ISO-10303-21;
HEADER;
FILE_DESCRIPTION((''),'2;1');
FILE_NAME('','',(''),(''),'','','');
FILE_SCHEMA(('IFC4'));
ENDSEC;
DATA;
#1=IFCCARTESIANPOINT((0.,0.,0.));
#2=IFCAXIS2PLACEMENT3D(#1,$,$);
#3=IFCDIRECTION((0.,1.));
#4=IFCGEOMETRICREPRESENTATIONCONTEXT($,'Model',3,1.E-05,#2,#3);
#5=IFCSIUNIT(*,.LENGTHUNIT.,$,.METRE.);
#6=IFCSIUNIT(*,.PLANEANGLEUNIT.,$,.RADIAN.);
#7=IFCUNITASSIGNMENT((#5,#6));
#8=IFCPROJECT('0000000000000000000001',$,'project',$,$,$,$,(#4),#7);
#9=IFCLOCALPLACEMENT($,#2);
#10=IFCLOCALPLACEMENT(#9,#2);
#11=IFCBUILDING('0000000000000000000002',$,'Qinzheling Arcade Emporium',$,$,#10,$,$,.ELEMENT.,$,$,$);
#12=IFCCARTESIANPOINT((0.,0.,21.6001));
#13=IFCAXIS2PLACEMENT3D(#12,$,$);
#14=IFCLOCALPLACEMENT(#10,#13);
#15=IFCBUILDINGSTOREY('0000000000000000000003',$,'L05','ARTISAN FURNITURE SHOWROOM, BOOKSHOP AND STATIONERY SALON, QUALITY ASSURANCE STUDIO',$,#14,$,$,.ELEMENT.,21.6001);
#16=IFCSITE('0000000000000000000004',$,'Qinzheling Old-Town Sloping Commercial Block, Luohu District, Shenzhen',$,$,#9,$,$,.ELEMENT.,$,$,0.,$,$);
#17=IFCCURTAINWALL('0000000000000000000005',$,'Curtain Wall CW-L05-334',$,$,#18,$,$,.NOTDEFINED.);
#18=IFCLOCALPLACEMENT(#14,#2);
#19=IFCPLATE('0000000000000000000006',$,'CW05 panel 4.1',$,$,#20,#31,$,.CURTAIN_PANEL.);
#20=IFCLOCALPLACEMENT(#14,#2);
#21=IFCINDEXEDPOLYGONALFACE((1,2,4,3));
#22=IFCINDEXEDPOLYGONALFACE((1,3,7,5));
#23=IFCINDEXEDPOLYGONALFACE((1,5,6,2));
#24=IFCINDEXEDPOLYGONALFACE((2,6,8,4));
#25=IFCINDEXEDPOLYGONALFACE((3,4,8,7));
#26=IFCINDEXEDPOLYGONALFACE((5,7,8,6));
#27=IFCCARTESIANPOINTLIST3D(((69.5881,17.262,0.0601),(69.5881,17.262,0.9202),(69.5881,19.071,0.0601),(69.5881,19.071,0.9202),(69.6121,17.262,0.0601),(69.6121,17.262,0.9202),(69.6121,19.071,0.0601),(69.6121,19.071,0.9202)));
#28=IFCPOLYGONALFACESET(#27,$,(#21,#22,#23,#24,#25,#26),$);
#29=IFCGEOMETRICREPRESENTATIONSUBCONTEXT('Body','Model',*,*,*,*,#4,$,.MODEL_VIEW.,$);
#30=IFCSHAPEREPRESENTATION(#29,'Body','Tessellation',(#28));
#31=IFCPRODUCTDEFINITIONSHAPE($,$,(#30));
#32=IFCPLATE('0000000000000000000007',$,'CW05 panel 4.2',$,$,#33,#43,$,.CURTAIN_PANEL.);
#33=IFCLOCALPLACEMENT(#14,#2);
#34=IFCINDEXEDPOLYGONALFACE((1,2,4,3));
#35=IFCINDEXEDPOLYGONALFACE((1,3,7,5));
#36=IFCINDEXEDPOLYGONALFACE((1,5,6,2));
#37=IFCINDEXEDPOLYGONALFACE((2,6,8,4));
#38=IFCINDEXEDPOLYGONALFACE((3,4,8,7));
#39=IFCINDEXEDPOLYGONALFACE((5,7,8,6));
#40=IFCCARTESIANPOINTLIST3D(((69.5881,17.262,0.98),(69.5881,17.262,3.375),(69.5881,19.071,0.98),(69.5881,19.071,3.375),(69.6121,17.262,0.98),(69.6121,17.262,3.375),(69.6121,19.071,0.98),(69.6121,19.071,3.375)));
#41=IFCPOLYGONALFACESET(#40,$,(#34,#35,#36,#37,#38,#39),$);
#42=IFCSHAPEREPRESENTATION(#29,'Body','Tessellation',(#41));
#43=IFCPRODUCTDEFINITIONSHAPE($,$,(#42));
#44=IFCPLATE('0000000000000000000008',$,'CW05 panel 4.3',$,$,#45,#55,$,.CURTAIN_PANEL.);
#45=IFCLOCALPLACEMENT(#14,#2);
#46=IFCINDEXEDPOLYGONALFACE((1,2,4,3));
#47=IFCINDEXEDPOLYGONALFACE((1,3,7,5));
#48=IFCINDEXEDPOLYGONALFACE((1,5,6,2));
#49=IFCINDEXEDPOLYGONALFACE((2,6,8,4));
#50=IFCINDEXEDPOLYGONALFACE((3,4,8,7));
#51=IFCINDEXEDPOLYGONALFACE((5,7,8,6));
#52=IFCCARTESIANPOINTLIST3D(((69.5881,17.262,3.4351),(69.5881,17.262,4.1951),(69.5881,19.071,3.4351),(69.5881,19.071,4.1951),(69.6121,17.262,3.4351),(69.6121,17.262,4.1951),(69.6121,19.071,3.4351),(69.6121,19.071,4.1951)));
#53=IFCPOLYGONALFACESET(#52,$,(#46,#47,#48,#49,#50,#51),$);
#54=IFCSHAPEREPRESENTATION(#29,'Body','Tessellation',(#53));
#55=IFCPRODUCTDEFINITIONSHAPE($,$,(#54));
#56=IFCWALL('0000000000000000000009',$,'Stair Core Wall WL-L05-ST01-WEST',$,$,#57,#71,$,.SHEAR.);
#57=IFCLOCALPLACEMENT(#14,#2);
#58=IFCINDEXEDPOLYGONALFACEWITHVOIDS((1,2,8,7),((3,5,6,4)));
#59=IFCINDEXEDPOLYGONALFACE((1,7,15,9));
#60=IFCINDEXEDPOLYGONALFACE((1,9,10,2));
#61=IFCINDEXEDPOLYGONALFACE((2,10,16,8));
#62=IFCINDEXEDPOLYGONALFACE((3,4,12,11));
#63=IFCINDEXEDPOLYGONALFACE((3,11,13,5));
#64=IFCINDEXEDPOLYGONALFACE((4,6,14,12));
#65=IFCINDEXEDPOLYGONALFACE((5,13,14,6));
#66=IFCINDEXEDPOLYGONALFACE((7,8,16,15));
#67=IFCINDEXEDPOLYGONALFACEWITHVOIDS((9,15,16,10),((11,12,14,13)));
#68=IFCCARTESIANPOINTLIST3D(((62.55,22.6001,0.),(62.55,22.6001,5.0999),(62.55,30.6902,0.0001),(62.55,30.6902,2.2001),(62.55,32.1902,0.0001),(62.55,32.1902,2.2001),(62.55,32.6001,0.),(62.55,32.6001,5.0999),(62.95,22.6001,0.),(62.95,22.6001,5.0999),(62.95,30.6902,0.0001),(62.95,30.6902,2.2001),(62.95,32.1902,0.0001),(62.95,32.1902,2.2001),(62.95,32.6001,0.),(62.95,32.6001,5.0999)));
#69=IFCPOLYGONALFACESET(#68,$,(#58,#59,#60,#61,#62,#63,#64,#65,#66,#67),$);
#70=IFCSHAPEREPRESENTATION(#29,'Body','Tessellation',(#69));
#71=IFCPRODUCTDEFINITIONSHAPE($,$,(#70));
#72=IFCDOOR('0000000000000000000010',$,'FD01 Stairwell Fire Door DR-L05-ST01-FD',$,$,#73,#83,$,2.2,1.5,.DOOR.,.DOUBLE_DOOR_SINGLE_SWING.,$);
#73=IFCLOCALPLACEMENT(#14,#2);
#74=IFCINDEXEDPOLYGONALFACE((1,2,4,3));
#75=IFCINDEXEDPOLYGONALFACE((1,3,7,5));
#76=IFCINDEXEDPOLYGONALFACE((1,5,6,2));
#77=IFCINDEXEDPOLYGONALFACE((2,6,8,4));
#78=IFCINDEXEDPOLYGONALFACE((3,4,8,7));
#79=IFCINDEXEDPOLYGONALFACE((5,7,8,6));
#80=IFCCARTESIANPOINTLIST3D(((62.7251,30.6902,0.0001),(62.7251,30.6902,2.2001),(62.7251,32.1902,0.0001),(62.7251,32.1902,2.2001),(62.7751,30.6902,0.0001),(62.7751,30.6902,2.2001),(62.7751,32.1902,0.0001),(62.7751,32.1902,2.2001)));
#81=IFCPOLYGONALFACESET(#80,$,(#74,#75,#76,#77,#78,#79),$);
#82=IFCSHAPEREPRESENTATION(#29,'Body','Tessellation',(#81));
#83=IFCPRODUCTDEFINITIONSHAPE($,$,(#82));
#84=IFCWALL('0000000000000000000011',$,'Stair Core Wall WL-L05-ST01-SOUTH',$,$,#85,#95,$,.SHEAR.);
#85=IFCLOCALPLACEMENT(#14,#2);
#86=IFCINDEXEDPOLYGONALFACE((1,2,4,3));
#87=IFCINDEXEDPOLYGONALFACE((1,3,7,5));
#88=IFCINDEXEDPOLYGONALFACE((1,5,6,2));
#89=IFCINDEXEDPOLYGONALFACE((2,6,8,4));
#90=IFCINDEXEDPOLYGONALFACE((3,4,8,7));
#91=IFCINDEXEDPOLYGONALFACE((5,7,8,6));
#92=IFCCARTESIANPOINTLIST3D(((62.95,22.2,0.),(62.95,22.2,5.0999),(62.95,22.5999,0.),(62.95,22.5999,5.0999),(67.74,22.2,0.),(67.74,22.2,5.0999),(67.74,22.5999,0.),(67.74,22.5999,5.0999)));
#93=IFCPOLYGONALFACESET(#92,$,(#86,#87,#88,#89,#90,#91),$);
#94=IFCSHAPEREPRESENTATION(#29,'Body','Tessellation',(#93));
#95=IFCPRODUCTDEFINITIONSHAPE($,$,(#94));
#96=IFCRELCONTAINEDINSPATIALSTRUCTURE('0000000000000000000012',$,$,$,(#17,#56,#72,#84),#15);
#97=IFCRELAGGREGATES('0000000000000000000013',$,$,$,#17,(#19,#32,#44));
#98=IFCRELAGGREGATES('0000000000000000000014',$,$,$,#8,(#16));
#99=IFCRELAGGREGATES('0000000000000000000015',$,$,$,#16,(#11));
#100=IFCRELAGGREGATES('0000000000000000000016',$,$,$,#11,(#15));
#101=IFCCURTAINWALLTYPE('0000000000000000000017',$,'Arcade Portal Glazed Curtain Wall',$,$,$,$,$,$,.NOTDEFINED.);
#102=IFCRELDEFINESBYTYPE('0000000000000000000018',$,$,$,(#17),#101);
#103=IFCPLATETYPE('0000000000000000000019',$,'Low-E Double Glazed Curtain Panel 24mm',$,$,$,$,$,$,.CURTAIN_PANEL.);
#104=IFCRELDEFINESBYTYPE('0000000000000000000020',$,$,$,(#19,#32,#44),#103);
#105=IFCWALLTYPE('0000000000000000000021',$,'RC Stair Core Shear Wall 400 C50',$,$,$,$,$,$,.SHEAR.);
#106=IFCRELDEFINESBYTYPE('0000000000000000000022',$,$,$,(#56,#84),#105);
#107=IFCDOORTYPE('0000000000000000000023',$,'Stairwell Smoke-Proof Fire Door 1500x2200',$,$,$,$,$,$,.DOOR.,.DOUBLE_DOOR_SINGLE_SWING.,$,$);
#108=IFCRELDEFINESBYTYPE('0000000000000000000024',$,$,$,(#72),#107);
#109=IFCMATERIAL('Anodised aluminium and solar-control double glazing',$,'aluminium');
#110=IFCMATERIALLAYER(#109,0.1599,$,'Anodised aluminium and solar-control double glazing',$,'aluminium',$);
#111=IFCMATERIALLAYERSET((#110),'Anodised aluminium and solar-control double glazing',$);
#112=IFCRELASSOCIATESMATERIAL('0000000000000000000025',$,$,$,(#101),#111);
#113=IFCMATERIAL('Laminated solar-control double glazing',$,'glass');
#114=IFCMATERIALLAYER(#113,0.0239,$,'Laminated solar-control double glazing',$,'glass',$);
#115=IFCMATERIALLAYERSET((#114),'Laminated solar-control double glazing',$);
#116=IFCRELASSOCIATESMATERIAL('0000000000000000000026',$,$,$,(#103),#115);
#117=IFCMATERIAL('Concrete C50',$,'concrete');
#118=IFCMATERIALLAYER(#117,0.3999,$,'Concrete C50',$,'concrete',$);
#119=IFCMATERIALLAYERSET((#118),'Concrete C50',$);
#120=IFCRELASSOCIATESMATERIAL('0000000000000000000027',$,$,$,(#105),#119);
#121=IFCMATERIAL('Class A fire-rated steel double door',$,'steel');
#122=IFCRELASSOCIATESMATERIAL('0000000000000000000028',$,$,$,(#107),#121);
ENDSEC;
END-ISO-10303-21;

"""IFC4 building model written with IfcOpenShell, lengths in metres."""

from ifc_helpers import new_model, si_unit, direction, frame, frame_2d, origin, origin_2d, place, context, subcontext, project, spatial, rectangle, extrude, material, layer, layer_set, type_object, element, fill, aggregate, save


model = new_model("IFC4")

# Units and contexts
model_context = context("Model", 3, precision=1e-05, world=origin(), true_north=direction((0.0, 1.0)))
body_context = subcontext(model_context, "Body", "Model", "MODEL_VIEW")
ifc_project = project(units=[si_unit("LENGTHUNIT", "METRE"), si_unit("PLANEANGLEUNIT", "RADIAN")], contexts=[model_context])

# Site, building, storey
site_placement = place(None, origin())
site = spatial("IfcSite", under=ifc_project, at=site_placement, Name="Qinzheling Old-Town Sloping Commercial Block, Luohu District, Shenzhen", CompositionType="ELEMENT", RefElevation=0.0)
building_placement = place(site_placement, origin())
building = spatial("IfcBuilding", under=site, at=building_placement, Name="Qinzheling Arcade Emporium", CompositionType="ELEMENT")
storey_placement = place(building_placement, frame((0.0, 0.0, 21.6001)))
storey = spatial("IfcBuildingStorey", under=building, at=storey_placement, Name="L05", Description="ARTISAN FURNITURE SHOWROOM, BOOKSHOP AND STATIONERY SALON, QUALITY ASSURANCE STUDIO", CompositionType="ELEMENT", Elevation=21.6001)

# Curtain wall, plates
ifc_material_1 = material(Name="Anodised aluminium and solar-control double glazing", Category="aluminium")
ifc_layer_1 = layer(ifc_material_1, 0.1599, Name="Anodised aluminium and solar-control double glazing", Category="aluminium")
ifc_layer_set_1 = layer_set([ifc_layer_1], Name="Anodised aluminium and solar-control double glazing")
curtain_wall_type = type_object("IfcCurtainWallType", Name="Arcade Portal Glazed Curtain Wall", PredefinedType="NOTDEFINED", material=ifc_layer_set_1)
curtain_wall_placement = place(storey_placement, origin())
curtain_wall = element("IfcCurtainWall", 1, at=curtain_wall_placement, inside=storey, type_object=curtain_wall_type, Name="Curtain Wall CW-L05-334", PredefinedType="NOTDEFINED")
ifc_material_2 = material(Name="Laminated solar-control double glazing", Category="glass")
ifc_layer_2 = layer(ifc_material_2, 0.0239, Name="Laminated solar-control double glazing", Category="glass")
ifc_layer_set_2 = layer_set([ifc_layer_2], Name="Laminated solar-control double glazing")
plate_type = type_object("IfcPlateType", Name="Low-E Double Glazed Curtain Panel 24mm", PredefinedType="CURTAIN_PANEL", material=ifc_layer_set_2)
plate_1_placement = place(storey_placement, frame((69.6001, 18.1665, 0.0601), z_axis=(0.0, 0.0, 1.0), x_axis=(0.0, -1.0, 0.0)))
plate_1 = element("IfcPlate", 2, at=plate_1_placement, type_object=plate_type, Name="CW05 panel 4.1", PredefinedType="CURTAIN_PANEL", context=body_context, shape_type="SweptSolid", body=[
    extrude(rectangle(XDim=1.8091, YDim=0.0239, at=origin_2d()), origin(), (0.0, 0.0, 1.0), 0.8601),
])
plate_2_placement = place(storey_placement, frame((69.6001, 18.1665, 0.98), z_axis=(0.0, 0.0, 1.0), x_axis=(0.0, -1.0, 0.0)))
plate_2 = element("IfcPlate", 3, at=plate_2_placement, type_object=plate_type, Name="CW05 panel 4.2", PredefinedType="CURTAIN_PANEL", context=body_context, shape_type="SweptSolid", body=[
    extrude(rectangle(XDim=1.8091, YDim=0.0239, at=origin_2d()), origin(), (0.0, 0.0, 1.0), 2.395),
])
plate_3_placement = place(storey_placement, frame((69.6001, 18.1665, 3.4351), z_axis=(0.0, 0.0, 1.0), x_axis=(0.0, -1.0, 0.0)))
plate_3 = element("IfcPlate", 4, at=plate_3_placement, type_object=plate_type, Name="CW05 panel 4.3", PredefinedType="CURTAIN_PANEL", context=body_context, shape_type="SweptSolid", body=[
    extrude(rectangle(XDim=1.8091, YDim=0.0239, at=origin_2d()), origin(), (0.0, 0.0, 1.0), 0.76),
])
aggregate(curtain_wall, [plate_1, plate_2, plate_3])

# Wall, opening, door
ifc_material_3 = material(Name="Concrete C50", Category="concrete")
ifc_layer_3 = layer(ifc_material_3, 0.3999, Name="Concrete C50", Category="concrete")
ifc_layer_set_3 = layer_set([ifc_layer_3], Name="Concrete C50")
wall_type = type_object("IfcWallType", Name="RC Stair Core Shear Wall 400 C50", PredefinedType="SHEAR", material=ifc_layer_set_3)
wall_1_placement = place(storey_placement, frame((62.75, 22.6001, 0.0), z_axis=(0.0, 0.0, 1.0), x_axis=(0.0, 1.0, 0.0)))
wall_1 = element("IfcWall", 5, at=wall_1_placement, inside=storey, type_object=wall_type, Name="Stair Core Wall WL-L05-ST01-WEST", PredefinedType="SHEAR", context=body_context, shape_type="SweptSolid", body=[
    extrude(rectangle(XDim=10.0, YDim=0.3999, at=frame_2d((5.0, 0.0))), origin(), (0.0, 0.0, 1.0), 5.0999),
])
opening_placement = place(wall_1_placement, frame((8.0901, 0.0, 0.0)))
opening = element("IfcOpeningElement", 6, at=opening_placement, cuts=wall_1, PredefinedType="OPENING", context=body_context, shape_type="SweptSolid", body=[
    extrude(rectangle(XDim=1.5, YDim=2.2, at=frame_2d((0.75, 1.1001))), frame((0.0, 0.21, 0.0), z_axis=(0.0, -1.0, 0.0), x_axis=(1.0, 0.0, 0.0)), (0.0, 0.0, 1.0), 0.4199),
])
ifc_material_4 = material(Name="Class A fire-rated steel double door", Category="steel")
door_type = type_object("IfcDoorType", Name="Stairwell Smoke-Proof Fire Door 1500x2200", OperationType="DOUBLE_DOOR_SINGLE_SWING", PredefinedType="DOOR", material=ifc_material_4)
door_placement = place(opening_placement, origin())
door = element("IfcDoor", 7, at=door_placement, inside=storey, type_object=door_type, Name="FD01 Stairwell Fire Door DR-L05-ST01-FD", OperationType="DOUBLE_DOOR_SINGLE_SWING", OverallHeight=2.2, OverallWidth=1.5, PredefinedType="DOOR", context=body_context, shape_type="SweptSolid", body=[
    extrude(rectangle(XDim=1.5, YDim=2.2, at=frame_2d((0.75, 1.1001))), frame((0.0, 0.0249, 0.0), z_axis=(0.0, -1.0, 0.0), x_axis=(1.0, 0.0, 0.0)), (0.0, 0.0, 1.0), 0.05),
])
fill(opening, door)

# Wall
wall_2_placement = place(storey_placement, frame((67.74, 22.3999, 0.0), z_axis=(0.0, 0.0, 1.0), x_axis=(-1.0, 0.0, 0.0)))
element("IfcWall", 8, at=wall_2_placement, inside=storey, type_object=wall_type, Name="Stair Core Wall WL-L05-ST01-SOUTH", PredefinedType="SHEAR", context=body_context, shape_type="SweptSolid", body=[
    extrude(rectangle(XDim=4.79, YDim=0.3999, at=frame_2d((2.395, 0.0))), origin(), (0.0, 0.0, 1.0), 5.0999),
])

save(model, "model.ifc")
